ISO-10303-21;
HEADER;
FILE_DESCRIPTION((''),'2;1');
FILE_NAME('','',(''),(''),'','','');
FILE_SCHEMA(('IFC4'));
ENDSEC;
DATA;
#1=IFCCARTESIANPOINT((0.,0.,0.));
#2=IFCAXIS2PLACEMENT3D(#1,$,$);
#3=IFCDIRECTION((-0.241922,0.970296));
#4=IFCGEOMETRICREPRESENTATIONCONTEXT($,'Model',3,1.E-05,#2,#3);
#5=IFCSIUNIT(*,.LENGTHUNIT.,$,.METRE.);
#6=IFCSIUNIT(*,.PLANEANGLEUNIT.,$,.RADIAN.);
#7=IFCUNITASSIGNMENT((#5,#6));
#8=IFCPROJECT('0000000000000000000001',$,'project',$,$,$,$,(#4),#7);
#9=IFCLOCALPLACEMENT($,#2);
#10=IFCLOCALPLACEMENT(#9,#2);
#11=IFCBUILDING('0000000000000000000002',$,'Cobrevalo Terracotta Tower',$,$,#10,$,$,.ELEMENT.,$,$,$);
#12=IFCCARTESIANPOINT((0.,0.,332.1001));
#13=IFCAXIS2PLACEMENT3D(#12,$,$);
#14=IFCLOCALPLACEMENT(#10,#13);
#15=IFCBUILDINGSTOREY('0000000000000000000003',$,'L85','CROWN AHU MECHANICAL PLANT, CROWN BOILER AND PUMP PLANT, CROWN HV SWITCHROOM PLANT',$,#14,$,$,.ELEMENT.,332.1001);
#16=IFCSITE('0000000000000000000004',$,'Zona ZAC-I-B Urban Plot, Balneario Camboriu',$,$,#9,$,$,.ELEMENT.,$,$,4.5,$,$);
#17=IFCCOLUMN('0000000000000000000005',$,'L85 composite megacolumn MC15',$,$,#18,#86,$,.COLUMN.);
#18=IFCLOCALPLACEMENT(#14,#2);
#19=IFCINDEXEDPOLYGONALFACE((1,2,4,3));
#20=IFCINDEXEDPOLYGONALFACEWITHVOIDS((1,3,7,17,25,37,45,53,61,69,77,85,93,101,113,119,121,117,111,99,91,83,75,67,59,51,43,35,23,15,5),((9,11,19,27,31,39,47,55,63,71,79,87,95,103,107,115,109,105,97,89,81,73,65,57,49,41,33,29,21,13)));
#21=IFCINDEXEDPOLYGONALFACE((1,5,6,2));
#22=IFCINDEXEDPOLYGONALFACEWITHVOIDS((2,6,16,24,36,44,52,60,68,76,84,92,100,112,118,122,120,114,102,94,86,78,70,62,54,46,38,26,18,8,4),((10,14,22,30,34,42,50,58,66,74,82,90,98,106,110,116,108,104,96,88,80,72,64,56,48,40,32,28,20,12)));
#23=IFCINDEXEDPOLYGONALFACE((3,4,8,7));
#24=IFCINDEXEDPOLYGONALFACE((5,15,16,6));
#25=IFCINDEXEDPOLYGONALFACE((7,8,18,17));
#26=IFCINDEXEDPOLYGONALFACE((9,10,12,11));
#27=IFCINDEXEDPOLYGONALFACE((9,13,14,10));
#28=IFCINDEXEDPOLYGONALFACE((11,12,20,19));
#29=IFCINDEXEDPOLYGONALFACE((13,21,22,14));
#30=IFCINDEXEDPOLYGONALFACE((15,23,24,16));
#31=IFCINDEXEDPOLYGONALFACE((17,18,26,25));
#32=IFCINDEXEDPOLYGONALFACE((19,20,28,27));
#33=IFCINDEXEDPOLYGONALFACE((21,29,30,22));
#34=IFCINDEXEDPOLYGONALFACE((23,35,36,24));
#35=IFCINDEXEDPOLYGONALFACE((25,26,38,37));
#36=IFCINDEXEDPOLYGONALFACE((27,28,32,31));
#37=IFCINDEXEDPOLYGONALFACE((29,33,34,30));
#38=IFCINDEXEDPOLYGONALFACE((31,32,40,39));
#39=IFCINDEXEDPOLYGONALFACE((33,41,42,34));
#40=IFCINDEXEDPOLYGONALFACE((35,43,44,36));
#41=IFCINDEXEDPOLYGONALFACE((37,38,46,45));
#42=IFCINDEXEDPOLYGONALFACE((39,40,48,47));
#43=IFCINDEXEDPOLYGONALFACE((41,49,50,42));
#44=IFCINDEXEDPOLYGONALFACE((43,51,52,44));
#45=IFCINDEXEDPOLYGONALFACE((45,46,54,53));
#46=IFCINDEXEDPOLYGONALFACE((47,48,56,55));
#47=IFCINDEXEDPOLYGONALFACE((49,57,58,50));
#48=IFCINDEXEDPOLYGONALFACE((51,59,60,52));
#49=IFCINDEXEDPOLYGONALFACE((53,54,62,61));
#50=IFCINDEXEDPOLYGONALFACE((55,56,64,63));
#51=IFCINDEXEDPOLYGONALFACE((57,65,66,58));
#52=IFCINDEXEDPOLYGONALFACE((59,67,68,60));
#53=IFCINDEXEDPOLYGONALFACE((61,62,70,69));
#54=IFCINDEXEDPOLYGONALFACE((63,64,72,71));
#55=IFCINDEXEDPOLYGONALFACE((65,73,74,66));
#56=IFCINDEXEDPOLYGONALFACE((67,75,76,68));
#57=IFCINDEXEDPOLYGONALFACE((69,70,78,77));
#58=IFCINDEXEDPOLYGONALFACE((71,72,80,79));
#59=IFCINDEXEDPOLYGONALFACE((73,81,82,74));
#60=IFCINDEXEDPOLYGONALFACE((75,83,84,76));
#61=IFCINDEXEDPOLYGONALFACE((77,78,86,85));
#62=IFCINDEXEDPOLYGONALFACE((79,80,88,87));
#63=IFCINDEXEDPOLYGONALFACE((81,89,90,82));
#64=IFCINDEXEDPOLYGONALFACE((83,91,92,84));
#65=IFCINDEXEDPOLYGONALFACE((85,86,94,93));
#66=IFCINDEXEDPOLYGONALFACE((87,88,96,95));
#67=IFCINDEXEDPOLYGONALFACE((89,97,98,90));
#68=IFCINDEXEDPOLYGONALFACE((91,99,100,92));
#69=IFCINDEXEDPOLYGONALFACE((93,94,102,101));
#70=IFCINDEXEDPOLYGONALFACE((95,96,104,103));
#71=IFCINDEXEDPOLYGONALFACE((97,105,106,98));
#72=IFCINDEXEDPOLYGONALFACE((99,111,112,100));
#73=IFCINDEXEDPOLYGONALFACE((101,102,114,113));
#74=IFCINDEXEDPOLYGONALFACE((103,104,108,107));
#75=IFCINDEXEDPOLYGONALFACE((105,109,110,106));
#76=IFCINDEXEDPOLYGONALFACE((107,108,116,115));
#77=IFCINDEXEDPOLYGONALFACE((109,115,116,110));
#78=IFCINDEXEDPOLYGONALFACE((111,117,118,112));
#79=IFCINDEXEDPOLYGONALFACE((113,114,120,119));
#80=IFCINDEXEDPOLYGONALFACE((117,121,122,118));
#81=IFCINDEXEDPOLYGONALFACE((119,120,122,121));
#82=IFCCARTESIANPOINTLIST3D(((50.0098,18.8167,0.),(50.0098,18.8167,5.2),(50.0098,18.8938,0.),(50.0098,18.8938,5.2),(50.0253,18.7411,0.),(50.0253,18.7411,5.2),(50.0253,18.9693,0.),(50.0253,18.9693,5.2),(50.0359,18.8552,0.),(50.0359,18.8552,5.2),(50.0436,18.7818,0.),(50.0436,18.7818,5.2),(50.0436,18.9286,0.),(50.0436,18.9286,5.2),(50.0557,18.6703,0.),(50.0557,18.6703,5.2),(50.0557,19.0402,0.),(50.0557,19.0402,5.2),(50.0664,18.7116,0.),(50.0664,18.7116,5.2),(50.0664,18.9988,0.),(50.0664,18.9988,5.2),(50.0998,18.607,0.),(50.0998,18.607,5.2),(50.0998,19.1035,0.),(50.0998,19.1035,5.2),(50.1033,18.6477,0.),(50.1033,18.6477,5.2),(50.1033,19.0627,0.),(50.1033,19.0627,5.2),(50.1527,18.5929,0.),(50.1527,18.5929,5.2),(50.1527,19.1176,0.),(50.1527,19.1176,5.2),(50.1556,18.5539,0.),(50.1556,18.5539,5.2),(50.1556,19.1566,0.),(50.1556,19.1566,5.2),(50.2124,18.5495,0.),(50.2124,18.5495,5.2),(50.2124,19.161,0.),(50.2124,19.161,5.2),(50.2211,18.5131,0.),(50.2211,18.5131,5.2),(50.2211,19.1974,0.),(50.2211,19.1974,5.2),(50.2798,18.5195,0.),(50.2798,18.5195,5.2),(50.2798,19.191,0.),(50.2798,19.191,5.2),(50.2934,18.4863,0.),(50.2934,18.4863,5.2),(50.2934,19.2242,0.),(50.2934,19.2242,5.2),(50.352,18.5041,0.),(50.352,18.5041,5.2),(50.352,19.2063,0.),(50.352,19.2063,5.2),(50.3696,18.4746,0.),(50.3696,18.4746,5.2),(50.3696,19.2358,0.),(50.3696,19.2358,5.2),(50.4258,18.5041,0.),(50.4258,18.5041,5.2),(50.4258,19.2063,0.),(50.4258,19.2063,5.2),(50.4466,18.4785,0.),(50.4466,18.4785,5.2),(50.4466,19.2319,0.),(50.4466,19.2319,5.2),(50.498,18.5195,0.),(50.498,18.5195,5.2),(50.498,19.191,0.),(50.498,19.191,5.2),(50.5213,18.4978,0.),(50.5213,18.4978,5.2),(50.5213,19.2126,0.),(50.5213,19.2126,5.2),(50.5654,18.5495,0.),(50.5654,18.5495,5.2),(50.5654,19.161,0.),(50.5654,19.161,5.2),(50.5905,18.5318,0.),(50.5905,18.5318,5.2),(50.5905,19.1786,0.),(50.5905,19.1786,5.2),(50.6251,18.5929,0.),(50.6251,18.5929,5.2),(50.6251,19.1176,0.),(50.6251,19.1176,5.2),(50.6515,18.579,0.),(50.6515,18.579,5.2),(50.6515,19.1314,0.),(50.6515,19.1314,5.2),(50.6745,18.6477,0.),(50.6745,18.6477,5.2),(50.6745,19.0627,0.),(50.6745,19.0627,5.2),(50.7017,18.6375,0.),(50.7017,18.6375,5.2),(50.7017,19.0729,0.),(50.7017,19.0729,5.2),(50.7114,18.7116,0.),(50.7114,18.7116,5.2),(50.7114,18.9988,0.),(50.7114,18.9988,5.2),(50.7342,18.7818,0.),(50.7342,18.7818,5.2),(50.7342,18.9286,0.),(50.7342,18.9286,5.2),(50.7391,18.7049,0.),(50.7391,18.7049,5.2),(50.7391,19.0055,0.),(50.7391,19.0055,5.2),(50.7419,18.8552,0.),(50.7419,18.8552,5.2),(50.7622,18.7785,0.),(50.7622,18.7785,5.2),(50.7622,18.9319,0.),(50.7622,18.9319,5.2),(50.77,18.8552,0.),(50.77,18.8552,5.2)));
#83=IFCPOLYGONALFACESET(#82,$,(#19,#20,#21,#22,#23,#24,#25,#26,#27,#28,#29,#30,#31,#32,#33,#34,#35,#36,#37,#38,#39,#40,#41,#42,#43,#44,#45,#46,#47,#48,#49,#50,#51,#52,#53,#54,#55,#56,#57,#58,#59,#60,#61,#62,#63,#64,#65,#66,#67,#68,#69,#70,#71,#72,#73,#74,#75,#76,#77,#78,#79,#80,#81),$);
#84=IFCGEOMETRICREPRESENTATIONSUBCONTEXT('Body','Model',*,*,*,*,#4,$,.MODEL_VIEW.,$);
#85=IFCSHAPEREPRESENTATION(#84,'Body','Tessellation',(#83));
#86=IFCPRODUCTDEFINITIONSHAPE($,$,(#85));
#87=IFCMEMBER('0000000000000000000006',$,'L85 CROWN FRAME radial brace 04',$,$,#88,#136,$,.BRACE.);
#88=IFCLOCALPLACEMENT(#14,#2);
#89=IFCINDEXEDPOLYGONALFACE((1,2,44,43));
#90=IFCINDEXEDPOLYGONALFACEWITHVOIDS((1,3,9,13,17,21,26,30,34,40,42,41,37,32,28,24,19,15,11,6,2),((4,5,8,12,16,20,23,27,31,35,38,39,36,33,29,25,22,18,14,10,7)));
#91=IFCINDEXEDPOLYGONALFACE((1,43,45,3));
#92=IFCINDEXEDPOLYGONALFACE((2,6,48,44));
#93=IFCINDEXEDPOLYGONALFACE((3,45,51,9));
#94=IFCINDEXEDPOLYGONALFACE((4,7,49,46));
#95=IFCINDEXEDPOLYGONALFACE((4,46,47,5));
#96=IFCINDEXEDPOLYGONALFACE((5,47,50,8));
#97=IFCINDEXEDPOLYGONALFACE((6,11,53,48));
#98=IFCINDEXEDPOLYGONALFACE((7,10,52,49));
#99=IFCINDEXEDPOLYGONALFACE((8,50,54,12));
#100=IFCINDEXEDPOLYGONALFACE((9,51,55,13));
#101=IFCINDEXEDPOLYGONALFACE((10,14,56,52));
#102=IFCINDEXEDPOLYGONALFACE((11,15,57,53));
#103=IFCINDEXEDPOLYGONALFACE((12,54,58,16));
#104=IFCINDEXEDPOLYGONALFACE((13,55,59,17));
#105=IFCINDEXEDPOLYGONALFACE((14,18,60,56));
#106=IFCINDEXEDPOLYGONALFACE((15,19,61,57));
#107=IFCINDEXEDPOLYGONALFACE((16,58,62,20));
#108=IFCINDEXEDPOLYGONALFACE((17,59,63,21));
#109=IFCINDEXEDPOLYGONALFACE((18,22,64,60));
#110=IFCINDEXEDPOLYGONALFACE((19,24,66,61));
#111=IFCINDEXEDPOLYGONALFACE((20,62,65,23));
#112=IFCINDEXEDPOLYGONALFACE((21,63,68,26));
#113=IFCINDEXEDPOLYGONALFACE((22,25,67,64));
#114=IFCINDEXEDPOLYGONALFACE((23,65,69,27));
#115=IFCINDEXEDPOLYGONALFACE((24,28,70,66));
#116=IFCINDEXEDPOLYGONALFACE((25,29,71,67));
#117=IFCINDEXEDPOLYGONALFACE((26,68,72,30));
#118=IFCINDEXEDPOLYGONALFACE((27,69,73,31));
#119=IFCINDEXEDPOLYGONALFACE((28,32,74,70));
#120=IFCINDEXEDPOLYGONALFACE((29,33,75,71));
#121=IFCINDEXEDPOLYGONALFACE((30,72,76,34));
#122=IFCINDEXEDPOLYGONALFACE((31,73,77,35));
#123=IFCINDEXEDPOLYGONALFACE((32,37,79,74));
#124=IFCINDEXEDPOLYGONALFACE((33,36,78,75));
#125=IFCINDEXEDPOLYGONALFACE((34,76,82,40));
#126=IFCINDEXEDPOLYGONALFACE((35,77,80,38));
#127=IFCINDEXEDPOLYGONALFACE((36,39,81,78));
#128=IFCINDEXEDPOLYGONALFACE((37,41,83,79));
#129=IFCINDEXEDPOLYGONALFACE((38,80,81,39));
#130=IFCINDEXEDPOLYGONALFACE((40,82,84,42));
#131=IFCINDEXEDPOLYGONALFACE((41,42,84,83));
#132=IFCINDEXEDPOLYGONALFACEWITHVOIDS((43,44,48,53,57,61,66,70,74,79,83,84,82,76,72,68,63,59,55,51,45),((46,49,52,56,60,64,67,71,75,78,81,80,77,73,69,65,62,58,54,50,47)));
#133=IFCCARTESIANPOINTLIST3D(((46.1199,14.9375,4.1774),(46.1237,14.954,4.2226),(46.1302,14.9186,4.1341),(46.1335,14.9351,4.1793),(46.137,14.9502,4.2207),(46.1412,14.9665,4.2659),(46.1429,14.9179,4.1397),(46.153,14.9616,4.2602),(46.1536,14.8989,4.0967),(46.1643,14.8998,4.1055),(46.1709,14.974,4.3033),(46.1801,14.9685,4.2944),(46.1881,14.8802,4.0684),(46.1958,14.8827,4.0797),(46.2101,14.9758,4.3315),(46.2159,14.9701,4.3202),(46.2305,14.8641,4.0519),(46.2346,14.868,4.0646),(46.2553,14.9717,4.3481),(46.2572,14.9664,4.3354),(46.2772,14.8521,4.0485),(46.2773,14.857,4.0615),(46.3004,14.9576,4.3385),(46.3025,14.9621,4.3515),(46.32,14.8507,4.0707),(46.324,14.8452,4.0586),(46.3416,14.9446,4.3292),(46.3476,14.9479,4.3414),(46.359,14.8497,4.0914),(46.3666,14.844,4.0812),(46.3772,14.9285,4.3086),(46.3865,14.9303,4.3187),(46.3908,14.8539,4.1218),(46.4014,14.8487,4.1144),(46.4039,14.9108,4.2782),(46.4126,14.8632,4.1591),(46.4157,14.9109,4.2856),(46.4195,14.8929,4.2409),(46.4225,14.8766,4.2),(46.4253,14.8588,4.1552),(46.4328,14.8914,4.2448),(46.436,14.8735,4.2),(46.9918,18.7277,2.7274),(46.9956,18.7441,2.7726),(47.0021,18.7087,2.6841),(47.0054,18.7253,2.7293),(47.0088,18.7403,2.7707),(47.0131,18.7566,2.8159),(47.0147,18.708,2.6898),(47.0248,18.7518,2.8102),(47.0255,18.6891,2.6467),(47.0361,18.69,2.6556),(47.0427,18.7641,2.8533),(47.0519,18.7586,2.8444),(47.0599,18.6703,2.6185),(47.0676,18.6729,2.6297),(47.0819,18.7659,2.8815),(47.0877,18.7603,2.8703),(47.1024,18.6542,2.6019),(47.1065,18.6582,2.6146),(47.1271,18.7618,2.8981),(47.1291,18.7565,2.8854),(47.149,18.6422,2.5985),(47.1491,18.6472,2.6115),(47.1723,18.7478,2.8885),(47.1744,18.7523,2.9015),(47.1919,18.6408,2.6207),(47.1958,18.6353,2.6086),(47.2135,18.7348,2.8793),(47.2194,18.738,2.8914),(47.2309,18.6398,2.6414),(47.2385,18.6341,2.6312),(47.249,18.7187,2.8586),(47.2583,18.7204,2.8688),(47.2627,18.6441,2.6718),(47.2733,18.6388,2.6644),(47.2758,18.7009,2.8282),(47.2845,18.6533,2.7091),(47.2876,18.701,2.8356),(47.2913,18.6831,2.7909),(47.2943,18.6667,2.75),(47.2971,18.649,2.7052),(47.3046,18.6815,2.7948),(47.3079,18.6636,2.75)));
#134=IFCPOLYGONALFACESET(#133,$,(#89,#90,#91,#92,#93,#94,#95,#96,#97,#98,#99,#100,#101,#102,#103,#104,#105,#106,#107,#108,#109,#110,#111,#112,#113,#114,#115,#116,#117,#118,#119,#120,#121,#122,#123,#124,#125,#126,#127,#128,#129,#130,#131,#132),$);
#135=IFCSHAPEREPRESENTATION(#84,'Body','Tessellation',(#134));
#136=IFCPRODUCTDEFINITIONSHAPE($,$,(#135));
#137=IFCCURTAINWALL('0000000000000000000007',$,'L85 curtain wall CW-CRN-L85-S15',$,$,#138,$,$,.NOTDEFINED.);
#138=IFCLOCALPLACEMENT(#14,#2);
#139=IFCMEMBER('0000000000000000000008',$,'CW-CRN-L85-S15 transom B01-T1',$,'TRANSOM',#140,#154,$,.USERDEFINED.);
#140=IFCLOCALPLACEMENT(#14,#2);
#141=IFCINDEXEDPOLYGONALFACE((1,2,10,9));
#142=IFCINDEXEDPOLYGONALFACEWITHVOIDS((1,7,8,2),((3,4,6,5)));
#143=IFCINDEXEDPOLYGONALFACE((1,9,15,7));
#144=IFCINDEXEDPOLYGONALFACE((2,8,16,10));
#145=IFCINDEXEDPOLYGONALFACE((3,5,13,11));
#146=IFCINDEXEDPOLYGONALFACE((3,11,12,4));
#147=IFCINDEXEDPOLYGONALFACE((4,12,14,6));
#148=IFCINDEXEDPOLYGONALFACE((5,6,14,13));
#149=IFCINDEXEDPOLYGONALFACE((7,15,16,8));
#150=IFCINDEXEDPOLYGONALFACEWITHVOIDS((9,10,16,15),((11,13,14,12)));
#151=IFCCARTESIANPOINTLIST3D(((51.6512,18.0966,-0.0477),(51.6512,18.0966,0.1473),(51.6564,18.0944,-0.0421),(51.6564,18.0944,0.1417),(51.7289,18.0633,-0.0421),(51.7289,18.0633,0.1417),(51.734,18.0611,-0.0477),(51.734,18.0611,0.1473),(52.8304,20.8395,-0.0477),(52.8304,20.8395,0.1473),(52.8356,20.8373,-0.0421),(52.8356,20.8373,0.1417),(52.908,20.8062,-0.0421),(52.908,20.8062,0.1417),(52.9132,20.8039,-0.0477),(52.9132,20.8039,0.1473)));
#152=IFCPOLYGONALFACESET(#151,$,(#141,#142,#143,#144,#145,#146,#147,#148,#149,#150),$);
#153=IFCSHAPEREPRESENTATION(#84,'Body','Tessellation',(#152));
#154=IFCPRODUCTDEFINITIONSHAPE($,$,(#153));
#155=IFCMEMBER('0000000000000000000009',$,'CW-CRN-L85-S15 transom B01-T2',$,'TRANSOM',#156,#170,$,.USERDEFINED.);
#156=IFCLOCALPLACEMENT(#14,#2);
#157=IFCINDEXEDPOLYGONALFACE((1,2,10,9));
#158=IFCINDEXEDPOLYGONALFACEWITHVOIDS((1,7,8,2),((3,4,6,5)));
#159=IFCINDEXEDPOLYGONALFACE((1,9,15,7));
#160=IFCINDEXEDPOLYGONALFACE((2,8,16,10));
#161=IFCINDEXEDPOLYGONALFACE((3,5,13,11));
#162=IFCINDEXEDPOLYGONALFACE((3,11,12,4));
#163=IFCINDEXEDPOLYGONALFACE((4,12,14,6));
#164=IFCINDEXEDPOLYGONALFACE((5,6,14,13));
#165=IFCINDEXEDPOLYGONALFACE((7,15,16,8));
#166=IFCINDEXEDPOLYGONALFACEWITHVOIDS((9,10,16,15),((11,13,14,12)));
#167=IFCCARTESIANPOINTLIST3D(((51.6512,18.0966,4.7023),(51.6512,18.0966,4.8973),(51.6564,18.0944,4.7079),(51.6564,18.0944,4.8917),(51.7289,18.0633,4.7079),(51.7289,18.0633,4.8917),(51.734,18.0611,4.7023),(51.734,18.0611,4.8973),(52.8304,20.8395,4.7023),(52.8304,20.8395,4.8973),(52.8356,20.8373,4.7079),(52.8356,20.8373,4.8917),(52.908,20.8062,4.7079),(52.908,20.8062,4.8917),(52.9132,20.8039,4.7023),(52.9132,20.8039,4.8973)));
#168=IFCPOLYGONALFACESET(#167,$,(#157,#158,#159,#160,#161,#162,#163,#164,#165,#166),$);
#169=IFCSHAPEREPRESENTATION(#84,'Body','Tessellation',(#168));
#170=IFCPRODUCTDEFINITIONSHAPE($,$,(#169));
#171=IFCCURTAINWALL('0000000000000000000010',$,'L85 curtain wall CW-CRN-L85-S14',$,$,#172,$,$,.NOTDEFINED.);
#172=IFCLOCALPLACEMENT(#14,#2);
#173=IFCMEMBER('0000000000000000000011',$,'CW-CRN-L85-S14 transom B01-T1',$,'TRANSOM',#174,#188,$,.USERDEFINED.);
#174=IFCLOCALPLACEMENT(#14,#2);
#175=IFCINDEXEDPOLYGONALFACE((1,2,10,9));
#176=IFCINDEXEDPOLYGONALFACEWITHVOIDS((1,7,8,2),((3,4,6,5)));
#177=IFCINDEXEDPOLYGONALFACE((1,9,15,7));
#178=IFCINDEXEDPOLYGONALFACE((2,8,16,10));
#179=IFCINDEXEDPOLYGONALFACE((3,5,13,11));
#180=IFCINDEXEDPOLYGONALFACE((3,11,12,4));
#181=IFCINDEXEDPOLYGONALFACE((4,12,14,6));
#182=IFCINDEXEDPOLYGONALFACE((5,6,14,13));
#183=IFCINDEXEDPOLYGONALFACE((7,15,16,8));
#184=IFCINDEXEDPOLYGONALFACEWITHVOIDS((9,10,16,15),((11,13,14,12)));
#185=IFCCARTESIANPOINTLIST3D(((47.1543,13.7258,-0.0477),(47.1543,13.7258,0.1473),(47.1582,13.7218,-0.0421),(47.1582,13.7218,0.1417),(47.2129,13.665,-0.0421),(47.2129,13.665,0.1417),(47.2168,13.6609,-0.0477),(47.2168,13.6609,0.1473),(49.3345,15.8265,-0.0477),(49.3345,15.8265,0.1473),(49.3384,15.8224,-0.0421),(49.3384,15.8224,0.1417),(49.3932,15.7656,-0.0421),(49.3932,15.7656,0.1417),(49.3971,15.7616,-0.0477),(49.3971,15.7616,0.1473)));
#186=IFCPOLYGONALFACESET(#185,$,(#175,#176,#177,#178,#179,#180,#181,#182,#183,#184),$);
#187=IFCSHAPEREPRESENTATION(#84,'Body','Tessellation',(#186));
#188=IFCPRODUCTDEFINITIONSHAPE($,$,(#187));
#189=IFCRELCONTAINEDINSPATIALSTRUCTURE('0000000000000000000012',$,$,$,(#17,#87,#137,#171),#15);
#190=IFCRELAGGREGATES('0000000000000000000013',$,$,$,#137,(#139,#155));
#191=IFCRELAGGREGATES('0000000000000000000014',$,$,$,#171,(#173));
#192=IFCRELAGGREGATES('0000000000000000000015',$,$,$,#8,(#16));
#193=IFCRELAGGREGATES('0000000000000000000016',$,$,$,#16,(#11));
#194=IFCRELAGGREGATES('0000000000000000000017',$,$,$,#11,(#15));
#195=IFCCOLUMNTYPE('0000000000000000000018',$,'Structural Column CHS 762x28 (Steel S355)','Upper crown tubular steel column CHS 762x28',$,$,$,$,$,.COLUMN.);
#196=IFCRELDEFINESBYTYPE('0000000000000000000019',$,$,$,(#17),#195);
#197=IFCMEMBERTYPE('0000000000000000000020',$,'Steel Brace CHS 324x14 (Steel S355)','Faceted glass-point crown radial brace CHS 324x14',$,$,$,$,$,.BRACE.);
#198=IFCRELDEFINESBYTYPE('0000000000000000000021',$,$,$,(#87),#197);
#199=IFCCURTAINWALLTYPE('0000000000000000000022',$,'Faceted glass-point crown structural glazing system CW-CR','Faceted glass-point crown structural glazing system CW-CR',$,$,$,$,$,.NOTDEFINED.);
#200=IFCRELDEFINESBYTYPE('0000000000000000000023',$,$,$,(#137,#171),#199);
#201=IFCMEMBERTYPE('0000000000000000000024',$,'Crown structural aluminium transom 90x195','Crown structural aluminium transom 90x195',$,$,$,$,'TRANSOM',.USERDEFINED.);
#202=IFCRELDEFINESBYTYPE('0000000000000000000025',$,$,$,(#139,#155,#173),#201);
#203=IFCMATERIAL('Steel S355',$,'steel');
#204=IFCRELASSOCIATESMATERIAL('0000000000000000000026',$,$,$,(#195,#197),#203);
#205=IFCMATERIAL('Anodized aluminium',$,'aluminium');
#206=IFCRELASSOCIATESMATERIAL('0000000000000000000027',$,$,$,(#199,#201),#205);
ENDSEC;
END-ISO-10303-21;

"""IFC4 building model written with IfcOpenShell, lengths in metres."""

from ifc_helpers import new_model, si_unit, direction, frame, origin, origin_2d, place, context, subcontext, project, spatial, hollow_rectangle, hollow_circle, extrude, source, transform, mapped, material, material_profile, profile_set, type_object, element, aggregate, save


model = new_model("IFC4")

# Units and contexts
model_context = context("Model", 3, precision=1e-05, world=origin(), true_north=direction((-0.241922, 0.970296)))
body_context = subcontext(model_context, "Body", "Model", "MODEL_VIEW")
ifc_project = project(units=[si_unit("LENGTHUNIT", "METRE"), si_unit("PLANEANGLEUNIT", "RADIAN")], contexts=[model_context])

# Site, building, storey
site_placement = place(None, origin())
site = spatial("IfcSite", under=ifc_project, at=site_placement, Name="Zona ZAC-I-B Urban Plot, Balneario Camboriu", CompositionType="ELEMENT", RefElevation=4.5)
building_placement = place(site_placement, origin())
building = spatial("IfcBuilding", under=site, at=building_placement, Name="Cobrevalo Terracotta Tower", CompositionType="ELEMENT")
storey_placement = place(building_placement, frame((0.0, 0.0, 332.1001)))
storey = spatial("IfcBuildingStorey", under=building, at=storey_placement, Name="L85", Description="CROWN AHU MECHANICAL PLANT, CROWN BOILER AND PUMP PLANT, CROWN HV SWITCHROOM PLANT", CompositionType="ELEMENT", Elevation=332.1001)

# Column
ifc_material_1 = material(Name="Steel S355", Category="steel")
ifc_material_profile_1 = material_profile(ifc_material_1, hollow_circle(Radius=0.3811, WallThickness=0.0281, at=origin_2d()), Name="CHS 762x28")
ifc_profile_set_1 = profile_set([ifc_material_profile_1], Name="Steel S355")
column_type = type_object("IfcColumnType", Name="Structural Column CHS 762x28 (Steel S355)", Description="Upper crown tubular steel column CHS 762x28", PredefinedType="COLUMN", material=ifc_profile_set_1)
column_placement = place(storey_placement, frame((50.3889, 18.8552, 0.0), z_axis=(0.0, 0.0, 1.0), x_axis=(1.0, 0.0, 0.0)))
element("IfcColumn", 1, at=column_placement, inside=storey, type_object=column_type, Name="L85 composite megacolumn MC15", PredefinedType="COLUMN", context=body_context, shape_type="SweptSolid", body=[
    extrude(hollow_circle(Radius=0.3811, WallThickness=0.0281, at=origin_2d()), origin(), (0.0, 0.0, 1.0), 5.2),
])

# Member
ifc_material_profile_2 = material_profile(ifc_material_1, hollow_circle(Radius=0.1621, WallThickness=0.0139, at=origin_2d()), Name="CHS 324x14")
ifc_profile_set_2 = profile_set([ifc_material_profile_2], Name="Steel S355")
member_type_1 = type_object("IfcMemberType", Name="Steel Brace CHS 324x14 (Steel S355)", Description="Faceted glass-point crown radial brace CHS 324x14", PredefinedType="BRACE", material=ifc_profile_set_2)
shared_shape_1 = source(origin(), body_context, "Body", "SweptSolid", [
    extrude(hollow_circle(Radius=0.1621, WallThickness=0.0139, at=origin_2d()), origin(), (0.0, 0.0, 1.0), 4.1506),
])
member_1_placement = place(storey_placement, frame((47.1499, 18.7, 2.75), z_axis=(-0.210052, -0.913147, 0.349342), x_axis=(0.974549, -0.224176, 0.0)))
element("IfcMember", 2, at=member_1_placement, inside=storey, type_object=member_type_1, Name="L85 CROWN FRAME radial brace 04", PredefinedType="BRACE", context=body_context, shape_type="MappedRepresentation", body=[
    mapped(shared_shape_1, transform((0.0, 0.0, 0.0), scale=1.0)),
])

# Curtain walls, members
ifc_material_2 = material(Name="Anodized aluminium", Category="aluminium")
curtain_wall_type = type_object("IfcCurtainWallType", Name="Faceted glass-point crown structural glazing system CW-CR", Description="Faceted glass-point crown structural glazing system CW-CR", PredefinedType="NOTDEFINED", material=ifc_material_2)
curtain_wall_1_placement = place(storey_placement, origin())
curtain_wall_1 = element("IfcCurtainWall", 3, at=curtain_wall_1_placement, inside=storey, type_object=curtain_wall_type, Name="L85 curtain wall CW-CRN-L85-S15", PredefinedType="NOTDEFINED")
ifc_material_profile_3 = material_profile(ifc_material_2, hollow_rectangle(XDim=0.0901, YDim=0.1951, WallThickness=0.0056, at=origin_2d()), Name="CWT 90x195")
ifc_profile_set_3 = profile_set([ifc_material_profile_3], Name="Anodized aluminium")
member_type_2 = type_object("IfcMemberType", Name="Crown structural aluminium transom 90x195", Description="Crown structural aluminium transom 90x195", ElementType="TRANSOM", PredefinedType="USERDEFINED", material=ifc_profile_set_3)
shared_shape_2 = source(origin(), body_context, "Body", "SweptSolid", [
    extrude(hollow_rectangle(XDim=0.0901, YDim=0.1951, WallThickness=0.0056, at=origin_2d()), origin(), (0.0, 0.0, 1.0), 2.9856),
])
member_2_placement = place(storey_placement, frame((51.6926, 18.0789, 0.0498), z_axis=(0.394955, 0.9187, 0.0), x_axis=(-0.9187, 0.394955, 0.0)))
member_2 = element("IfcMember", 4, at=member_2_placement, type_object=member_type_2, Name="CW-CRN-L85-S15 transom B01-T1", ObjectType="TRANSOM", PredefinedType="USERDEFINED", context=body_context, shape_type="MappedRepresentation", body=[
    mapped(shared_shape_2, transform((0.0, 0.0, 0.0), scale=1.0)),
])
member_3_placement = place(storey_placement, frame((51.6926, 18.0789, 4.7998), z_axis=(0.394955, 0.9187, 0.0), x_axis=(-0.9187, 0.394955, 0.0)))
member_3 = element("IfcMember", 5, at=member_3_placement, type_object=member_type_2, Name="CW-CRN-L85-S15 transom B01-T2", ObjectType="TRANSOM", PredefinedType="USERDEFINED", context=body_context, shape_type="MappedRepresentation", body=[
    mapped(shared_shape_2, transform((0.0, 0.0, 0.0), scale=1.0)),
])
curtain_wall_2_placement = place(storey_placement, origin())
curtain_wall_2 = element("IfcCurtainWall", 6, at=curtain_wall_2_placement, inside=storey, type_object=curtain_wall_type, Name="L85 curtain wall CW-CRN-L85-S14", PredefinedType="NOTDEFINED")
shared_shape_3 = source(origin(), body_context, "Body", "SweptSolid", [
    extrude(hollow_rectangle(XDim=0.0901, YDim=0.1951, WallThickness=0.0056, at=origin_2d()), origin(), (0.0, 0.0, 1.0), 3.0276),
])
member_4_placement = place(storey_placement, frame((47.1855, 13.6934, 0.0498), z_axis=(0.720129, 0.69384, 0.0), x_axis=(-0.69384, 0.720129, 0.0)))
member_4 = element("IfcMember", 7, at=member_4_placement, type_object=member_type_2, Name="CW-CRN-L85-S14 transom B01-T1", ObjectType="TRANSOM", PredefinedType="USERDEFINED", context=body_context, shape_type="MappedRepresentation", body=[
    mapped(shared_shape_3, transform((0.0, 0.0, 0.0), scale=1.0)),
])

aggregate(curtain_wall_1, [member_2, member_3])

aggregate(curtain_wall_2, [member_4])

save(model, "model.ifc")
